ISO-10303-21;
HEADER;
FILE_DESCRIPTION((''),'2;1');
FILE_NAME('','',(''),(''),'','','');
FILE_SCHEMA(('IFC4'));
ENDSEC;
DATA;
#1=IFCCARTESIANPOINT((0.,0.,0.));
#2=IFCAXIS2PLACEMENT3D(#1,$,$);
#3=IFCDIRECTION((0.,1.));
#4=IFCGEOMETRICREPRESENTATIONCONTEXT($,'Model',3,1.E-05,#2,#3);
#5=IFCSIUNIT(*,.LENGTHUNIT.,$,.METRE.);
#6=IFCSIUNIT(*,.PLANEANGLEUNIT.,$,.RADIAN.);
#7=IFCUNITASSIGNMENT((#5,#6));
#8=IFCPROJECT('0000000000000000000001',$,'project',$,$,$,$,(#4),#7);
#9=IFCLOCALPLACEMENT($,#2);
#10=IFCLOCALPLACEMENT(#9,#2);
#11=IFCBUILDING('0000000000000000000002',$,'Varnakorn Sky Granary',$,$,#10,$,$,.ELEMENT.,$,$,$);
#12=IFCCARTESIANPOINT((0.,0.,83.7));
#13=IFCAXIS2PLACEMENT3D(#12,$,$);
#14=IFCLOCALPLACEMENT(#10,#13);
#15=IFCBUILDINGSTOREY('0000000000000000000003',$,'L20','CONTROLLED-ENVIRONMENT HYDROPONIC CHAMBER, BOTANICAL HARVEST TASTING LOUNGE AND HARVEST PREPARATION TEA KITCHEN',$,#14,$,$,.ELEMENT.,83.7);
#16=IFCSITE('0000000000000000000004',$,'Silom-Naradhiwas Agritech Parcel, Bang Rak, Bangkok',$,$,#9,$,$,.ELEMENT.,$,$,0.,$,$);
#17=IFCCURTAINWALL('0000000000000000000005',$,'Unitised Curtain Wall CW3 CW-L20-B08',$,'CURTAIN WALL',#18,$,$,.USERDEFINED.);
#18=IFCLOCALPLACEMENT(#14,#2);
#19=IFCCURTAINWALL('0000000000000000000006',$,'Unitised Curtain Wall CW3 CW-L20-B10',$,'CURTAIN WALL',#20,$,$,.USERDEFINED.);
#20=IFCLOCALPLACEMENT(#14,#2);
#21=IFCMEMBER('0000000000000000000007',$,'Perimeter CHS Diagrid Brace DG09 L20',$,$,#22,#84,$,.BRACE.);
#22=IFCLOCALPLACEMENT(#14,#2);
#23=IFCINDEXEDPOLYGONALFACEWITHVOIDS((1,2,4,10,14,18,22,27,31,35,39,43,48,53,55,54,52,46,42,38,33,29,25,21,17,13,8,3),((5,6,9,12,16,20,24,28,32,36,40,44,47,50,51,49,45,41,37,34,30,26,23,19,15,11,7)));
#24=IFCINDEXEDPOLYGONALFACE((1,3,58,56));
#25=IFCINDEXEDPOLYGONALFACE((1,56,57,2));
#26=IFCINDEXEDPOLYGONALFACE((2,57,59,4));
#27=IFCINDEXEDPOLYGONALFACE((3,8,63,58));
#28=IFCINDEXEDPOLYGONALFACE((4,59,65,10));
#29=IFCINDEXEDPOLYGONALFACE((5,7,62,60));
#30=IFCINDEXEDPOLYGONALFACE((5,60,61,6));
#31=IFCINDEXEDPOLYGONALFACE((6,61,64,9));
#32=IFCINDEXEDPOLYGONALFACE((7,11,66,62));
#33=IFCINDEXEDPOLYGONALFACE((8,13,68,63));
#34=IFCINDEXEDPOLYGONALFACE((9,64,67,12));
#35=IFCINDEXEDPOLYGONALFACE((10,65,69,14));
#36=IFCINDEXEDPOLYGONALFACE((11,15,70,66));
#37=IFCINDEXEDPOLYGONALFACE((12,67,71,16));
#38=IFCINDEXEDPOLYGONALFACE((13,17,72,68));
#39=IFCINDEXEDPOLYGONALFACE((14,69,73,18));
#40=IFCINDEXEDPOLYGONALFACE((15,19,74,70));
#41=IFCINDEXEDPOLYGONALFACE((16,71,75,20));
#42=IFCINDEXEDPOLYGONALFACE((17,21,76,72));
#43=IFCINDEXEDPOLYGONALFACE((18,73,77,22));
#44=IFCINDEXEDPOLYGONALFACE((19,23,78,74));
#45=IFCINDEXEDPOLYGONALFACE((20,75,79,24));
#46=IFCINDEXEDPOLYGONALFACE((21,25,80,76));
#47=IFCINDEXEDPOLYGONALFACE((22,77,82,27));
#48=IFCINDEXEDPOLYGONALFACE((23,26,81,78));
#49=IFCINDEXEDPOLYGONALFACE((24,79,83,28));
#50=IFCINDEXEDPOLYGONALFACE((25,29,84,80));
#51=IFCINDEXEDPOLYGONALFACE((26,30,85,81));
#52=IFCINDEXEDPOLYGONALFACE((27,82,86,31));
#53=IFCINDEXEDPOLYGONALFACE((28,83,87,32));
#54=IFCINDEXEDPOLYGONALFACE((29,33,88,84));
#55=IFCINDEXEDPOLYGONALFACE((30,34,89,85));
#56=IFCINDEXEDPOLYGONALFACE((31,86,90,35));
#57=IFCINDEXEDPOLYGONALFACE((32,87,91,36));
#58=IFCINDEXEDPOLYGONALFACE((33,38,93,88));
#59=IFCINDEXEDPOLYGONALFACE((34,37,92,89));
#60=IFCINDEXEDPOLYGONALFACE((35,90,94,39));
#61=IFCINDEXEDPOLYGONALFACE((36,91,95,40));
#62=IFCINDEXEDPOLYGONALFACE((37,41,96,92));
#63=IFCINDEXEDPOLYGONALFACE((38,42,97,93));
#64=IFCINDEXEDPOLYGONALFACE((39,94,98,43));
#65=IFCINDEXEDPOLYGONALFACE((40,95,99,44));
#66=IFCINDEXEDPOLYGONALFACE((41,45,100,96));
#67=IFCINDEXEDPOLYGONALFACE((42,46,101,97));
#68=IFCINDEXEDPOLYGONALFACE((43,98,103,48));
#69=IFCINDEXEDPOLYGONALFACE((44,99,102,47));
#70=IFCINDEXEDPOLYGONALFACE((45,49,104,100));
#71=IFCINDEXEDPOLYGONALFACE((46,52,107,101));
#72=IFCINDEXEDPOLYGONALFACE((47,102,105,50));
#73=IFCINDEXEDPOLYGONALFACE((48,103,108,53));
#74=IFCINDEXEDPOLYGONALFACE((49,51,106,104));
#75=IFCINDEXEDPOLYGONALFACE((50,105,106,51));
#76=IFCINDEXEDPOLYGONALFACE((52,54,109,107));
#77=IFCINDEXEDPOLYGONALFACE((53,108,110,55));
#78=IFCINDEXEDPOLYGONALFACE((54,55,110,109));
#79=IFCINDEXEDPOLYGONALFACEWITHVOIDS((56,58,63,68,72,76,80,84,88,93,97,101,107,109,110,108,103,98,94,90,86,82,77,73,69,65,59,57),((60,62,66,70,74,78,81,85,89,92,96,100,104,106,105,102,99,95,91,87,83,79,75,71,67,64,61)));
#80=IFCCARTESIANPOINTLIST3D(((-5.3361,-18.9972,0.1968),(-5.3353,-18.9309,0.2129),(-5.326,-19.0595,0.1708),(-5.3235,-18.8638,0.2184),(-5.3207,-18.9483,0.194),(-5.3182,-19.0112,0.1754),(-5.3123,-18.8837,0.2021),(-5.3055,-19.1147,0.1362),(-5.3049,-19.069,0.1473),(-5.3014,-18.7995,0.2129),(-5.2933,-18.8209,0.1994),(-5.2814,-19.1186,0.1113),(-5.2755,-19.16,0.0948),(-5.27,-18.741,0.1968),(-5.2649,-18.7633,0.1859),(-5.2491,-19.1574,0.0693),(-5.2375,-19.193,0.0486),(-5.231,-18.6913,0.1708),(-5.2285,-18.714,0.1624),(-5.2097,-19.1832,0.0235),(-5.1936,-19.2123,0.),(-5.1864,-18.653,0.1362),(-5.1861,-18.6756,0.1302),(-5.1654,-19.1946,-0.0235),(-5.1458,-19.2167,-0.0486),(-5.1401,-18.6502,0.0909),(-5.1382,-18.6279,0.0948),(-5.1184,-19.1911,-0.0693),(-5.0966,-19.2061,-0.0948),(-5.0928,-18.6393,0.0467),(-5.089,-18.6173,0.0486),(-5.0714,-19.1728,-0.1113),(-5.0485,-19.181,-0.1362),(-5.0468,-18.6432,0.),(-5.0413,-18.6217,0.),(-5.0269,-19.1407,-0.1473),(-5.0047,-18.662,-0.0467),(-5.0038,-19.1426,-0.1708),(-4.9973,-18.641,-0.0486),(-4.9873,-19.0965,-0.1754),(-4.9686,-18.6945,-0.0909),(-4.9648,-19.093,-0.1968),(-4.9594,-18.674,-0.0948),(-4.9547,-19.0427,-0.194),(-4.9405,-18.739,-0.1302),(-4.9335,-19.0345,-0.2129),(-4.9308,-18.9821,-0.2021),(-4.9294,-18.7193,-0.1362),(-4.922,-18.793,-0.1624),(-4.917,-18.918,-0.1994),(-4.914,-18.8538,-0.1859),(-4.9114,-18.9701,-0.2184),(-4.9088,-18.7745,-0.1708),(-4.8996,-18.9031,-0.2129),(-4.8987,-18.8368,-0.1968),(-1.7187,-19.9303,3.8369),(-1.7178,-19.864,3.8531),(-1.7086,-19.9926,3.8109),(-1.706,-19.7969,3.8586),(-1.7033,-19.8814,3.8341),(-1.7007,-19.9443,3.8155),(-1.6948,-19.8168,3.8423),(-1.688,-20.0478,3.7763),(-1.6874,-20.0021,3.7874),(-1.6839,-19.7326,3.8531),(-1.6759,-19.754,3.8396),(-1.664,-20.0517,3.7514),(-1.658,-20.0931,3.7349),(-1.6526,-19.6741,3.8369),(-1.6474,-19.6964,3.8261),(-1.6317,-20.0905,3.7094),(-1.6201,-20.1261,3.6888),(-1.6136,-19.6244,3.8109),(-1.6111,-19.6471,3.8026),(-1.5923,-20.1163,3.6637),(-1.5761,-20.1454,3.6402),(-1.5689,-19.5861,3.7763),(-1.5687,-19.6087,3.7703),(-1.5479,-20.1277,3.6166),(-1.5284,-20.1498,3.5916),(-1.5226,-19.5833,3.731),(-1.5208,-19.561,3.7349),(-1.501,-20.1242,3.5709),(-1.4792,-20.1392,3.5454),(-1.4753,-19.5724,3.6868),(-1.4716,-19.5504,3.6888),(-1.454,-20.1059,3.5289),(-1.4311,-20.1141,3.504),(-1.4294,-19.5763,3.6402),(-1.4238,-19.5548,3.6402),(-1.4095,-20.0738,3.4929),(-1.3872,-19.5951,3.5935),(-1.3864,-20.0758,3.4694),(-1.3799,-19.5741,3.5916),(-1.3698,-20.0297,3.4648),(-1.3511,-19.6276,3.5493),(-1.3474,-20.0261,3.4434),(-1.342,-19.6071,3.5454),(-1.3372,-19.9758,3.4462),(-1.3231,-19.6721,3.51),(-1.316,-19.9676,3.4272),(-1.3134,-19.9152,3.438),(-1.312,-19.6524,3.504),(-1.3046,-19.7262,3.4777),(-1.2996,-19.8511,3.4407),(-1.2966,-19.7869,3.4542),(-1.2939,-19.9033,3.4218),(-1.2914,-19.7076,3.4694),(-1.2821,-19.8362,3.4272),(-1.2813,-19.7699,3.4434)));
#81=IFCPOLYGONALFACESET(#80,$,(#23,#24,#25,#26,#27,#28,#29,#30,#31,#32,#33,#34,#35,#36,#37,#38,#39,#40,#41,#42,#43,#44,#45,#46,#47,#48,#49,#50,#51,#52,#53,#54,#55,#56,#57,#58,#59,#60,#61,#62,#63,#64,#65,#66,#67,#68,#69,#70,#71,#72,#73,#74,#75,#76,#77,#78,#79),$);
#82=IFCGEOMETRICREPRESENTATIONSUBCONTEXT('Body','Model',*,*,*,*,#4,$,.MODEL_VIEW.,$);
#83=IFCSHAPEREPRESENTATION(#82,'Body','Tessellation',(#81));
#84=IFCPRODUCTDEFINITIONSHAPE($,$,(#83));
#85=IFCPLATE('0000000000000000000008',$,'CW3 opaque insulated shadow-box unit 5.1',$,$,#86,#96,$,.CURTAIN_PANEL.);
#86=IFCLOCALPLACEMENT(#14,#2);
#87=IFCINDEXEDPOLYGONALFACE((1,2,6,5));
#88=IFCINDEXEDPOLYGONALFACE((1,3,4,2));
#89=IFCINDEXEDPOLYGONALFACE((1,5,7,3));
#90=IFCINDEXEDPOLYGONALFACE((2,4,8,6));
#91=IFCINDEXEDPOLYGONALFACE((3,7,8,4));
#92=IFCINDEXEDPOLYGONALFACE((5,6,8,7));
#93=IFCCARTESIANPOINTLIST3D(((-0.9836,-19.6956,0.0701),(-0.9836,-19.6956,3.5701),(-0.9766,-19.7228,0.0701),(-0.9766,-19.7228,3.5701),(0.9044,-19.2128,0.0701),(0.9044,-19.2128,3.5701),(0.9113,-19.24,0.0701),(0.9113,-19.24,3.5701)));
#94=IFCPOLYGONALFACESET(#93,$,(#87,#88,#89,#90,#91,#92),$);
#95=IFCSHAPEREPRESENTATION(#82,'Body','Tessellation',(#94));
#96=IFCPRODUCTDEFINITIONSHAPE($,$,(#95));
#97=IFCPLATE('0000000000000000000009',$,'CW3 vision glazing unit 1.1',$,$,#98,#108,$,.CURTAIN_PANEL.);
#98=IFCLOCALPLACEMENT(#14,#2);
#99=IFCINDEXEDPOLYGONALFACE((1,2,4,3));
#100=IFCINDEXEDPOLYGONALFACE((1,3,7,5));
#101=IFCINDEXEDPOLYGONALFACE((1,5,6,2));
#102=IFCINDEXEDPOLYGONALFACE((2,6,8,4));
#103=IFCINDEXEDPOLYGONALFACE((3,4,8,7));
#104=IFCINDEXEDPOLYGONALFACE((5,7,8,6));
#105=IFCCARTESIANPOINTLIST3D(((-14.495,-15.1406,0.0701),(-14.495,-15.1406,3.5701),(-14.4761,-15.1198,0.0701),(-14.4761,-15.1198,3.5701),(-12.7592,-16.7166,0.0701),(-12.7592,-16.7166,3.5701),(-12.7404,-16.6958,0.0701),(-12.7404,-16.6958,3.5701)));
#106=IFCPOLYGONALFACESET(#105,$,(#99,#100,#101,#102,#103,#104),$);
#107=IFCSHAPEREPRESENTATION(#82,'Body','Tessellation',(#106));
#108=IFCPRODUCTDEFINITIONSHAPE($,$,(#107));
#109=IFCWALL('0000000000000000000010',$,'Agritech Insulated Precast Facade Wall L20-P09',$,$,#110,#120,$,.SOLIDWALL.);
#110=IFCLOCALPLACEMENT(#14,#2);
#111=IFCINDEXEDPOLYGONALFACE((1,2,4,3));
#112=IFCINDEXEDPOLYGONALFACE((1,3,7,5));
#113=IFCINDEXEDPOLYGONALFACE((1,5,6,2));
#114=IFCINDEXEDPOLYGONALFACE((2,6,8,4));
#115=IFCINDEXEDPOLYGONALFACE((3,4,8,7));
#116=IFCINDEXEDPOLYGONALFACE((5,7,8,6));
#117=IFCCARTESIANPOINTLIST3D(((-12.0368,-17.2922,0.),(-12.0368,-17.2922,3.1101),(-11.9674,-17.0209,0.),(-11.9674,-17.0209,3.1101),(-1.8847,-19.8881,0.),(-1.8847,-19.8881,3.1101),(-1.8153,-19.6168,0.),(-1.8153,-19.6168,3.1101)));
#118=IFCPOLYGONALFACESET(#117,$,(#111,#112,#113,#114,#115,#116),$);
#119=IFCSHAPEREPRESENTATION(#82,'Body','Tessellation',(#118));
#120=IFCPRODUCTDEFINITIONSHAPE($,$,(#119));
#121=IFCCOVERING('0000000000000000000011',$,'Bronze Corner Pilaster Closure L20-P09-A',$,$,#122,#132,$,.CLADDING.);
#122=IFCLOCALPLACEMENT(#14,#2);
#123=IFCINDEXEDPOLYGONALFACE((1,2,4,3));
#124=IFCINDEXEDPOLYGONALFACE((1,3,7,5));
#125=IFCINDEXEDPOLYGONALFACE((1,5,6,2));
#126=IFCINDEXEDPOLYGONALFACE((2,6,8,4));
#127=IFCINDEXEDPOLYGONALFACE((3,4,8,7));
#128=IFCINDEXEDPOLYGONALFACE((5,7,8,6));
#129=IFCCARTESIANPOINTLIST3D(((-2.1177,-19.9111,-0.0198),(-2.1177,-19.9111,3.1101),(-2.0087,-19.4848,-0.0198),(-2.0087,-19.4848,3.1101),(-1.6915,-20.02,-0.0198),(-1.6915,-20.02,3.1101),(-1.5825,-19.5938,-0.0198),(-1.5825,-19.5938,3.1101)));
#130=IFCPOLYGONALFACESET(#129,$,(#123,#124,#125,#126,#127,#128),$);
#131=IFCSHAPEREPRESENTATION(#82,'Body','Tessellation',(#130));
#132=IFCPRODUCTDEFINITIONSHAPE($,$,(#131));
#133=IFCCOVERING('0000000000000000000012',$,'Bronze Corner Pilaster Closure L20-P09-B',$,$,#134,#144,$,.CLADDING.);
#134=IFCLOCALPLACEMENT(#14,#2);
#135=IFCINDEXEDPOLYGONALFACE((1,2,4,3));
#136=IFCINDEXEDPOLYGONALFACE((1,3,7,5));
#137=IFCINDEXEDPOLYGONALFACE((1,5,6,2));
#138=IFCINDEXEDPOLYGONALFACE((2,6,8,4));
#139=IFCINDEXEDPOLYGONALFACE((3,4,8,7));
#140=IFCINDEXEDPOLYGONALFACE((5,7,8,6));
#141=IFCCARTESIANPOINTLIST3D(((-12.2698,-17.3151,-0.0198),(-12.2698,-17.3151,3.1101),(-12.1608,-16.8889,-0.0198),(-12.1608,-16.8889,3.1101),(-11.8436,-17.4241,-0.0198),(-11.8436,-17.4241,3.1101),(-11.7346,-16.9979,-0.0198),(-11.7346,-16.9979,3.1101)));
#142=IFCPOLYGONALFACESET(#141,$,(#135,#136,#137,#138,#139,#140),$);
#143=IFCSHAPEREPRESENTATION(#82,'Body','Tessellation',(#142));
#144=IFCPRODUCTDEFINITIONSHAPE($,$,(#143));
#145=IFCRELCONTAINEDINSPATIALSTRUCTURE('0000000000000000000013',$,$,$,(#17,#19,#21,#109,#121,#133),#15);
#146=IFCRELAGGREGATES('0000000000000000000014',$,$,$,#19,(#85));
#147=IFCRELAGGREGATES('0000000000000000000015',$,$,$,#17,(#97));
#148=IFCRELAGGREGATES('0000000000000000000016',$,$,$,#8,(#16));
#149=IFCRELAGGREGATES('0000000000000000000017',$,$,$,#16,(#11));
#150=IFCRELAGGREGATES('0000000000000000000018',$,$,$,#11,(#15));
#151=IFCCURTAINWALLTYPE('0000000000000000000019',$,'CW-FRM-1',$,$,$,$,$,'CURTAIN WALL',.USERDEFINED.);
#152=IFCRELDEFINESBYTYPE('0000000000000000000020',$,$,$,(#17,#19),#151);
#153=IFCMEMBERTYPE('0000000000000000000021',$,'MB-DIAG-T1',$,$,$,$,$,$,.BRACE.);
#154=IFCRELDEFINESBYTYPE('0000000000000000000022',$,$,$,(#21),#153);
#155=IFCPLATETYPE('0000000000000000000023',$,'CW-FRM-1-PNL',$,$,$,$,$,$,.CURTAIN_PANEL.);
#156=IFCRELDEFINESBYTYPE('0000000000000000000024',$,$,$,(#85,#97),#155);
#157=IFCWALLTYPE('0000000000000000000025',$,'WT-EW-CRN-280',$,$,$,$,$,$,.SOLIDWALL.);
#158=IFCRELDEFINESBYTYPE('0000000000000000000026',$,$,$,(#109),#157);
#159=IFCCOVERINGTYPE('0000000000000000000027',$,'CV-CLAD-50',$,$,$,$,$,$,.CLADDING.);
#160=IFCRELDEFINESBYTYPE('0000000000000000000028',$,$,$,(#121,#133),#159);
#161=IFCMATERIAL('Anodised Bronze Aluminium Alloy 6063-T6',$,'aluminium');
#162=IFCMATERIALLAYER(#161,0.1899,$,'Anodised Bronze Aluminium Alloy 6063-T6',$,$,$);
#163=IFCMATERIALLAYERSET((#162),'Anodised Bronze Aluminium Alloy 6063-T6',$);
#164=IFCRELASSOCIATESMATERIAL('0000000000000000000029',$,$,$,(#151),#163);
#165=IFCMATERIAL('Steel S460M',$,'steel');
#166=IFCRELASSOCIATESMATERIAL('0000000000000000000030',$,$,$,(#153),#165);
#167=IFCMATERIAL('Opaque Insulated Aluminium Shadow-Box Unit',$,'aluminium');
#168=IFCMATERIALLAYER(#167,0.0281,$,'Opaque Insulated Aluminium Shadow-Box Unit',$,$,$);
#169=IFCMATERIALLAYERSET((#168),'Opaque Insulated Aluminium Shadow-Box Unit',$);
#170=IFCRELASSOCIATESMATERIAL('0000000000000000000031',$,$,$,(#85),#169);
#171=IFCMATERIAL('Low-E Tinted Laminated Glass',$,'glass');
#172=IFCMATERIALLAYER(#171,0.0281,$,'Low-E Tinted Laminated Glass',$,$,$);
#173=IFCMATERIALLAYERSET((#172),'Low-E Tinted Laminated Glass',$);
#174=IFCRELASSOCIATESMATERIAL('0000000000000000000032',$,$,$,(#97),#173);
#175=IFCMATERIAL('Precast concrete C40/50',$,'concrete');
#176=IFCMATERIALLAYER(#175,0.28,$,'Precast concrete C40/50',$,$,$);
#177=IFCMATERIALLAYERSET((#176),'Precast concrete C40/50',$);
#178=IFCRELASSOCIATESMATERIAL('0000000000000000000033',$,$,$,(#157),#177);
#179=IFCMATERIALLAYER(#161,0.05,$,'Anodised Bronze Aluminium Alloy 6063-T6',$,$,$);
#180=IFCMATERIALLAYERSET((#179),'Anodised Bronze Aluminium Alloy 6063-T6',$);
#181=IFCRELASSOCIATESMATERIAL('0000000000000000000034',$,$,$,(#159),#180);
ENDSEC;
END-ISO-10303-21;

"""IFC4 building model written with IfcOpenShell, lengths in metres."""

from ifc_helpers import new_model, si_unit, direction, frame, frame_2d, origin, origin_2d, place, context, subcontext, project, spatial, rectangle, hollow_circle, extrude, source, transform, mapped, material, layer, layer_set, material_profile, profile_set, type_object, type_shapes, element, aggregate, save


model = new_model("IFC4")

# Units and contexts
model_context = context("Model", 3, precision=1e-05, world=origin(), true_north=direction((0.0, 1.0)))
body_context = subcontext(model_context, "Body", "Model", "MODEL_VIEW")
ifc_project = project(units=[si_unit("LENGTHUNIT", "METRE"), si_unit("PLANEANGLEUNIT", "RADIAN")], contexts=[model_context])

# Site, building, storey
site_placement = place(None, origin())
site = spatial("IfcSite", under=ifc_project, at=site_placement, Name="Silom-Naradhiwas Agritech Parcel, Bang Rak, Bangkok", CompositionType="ELEMENT", RefElevation=0.0)
building_placement = place(site_placement, origin())
building = spatial("IfcBuilding", under=site, at=building_placement, Name="Varnakorn Sky Granary", CompositionType="ELEMENT")
storey_placement = place(building_placement, frame((0.0, 0.0, 83.7)))
storey = spatial("IfcBuildingStorey", under=building, at=storey_placement, Name="L20", Description="CONTROLLED-ENVIRONMENT HYDROPONIC CHAMBER, BOTANICAL HARVEST TASTING LOUNGE AND HARVEST PREPARATION TEA KITCHEN", CompositionType="ELEMENT", Elevation=83.7)

# Shared definitions
ifc_material_1 = material(Name="Steel S460M", Category="steel")

# Curtain walls
ifc_material_2 = material(Name="Anodised Bronze Aluminium Alloy 6063-T6", Category="aluminium")
ifc_layer_1 = layer(ifc_material_2, 0.1899, Name="Anodised Bronze Aluminium Alloy 6063-T6")
ifc_layer_set_1 = layer_set([ifc_layer_1], Name="Anodised Bronze Aluminium Alloy 6063-T6")
curtain_wall_type = type_object("IfcCurtainWallType", Name="CW-FRM-1", ElementType="CURTAIN WALL", PredefinedType="USERDEFINED", material=ifc_layer_set_1)
curtain_wall_1_placement = place(storey_placement, origin())
curtain_wall_1 = element("IfcCurtainWall", 1, at=curtain_wall_1_placement, inside=storey, type_object=curtain_wall_type, Name="Unitised Curtain Wall CW3 CW-L20-B08", ObjectType="CURTAIN WALL", PredefinedType="USERDEFINED")
curtain_wall_2_placement = place(storey_placement, origin())
curtain_wall_2 = element("IfcCurtainWall", 2, at=curtain_wall_2_placement, inside=storey, type_object=curtain_wall_type, Name="Unitised Curtain Wall CW3 CW-L20-B10", ObjectType="CURTAIN WALL", PredefinedType="USERDEFINED")

# Member
ifc_material_profile_1 = material_profile(ifc_material_1, hollow_circle(Radius=0.3049, WallThickness=0.0222, at=origin_2d()), Name="CHS 610x22")
ifc_profile_set_1 = profile_set([ifc_material_profile_1], Name="Steel S460M")
member_type_1 = type_object("IfcMemberType", Name="MB-DIAG-T1", PredefinedType="BRACE", material=ifc_profile_set_1)
member_1_placement = place(storey_placement, frame((-5.1174, -18.917, 0.0), z_axis=(0.69352, -0.178891, 0.697873), x_axis=(0.249771, 0.968305, 0.0)))
element("IfcMember", 3, at=member_1_placement, inside=storey, type_object=member_type_1, Name="Perimeter CHS Diagrid Brace DG09 L20", PredefinedType="BRACE", context=body_context, shape_type="SweptSolid", body=[
    extrude(hollow_circle(Radius=0.3049, WallThickness=0.0222, at=origin_2d()), origin(), (0.0, 0.0, 1.0), 5.2161),
])

# Plates
ifc_material_3 = material(Name="Opaque Insulated Aluminium Shadow-Box Unit", Category="aluminium")
ifc_layer_2 = layer(ifc_material_3, 0.0281, Name="Opaque Insulated Aluminium Shadow-Box Unit")
ifc_layer_set_2 = layer_set([ifc_layer_2], Name="Opaque Insulated Aluminium Shadow-Box Unit")
plate_type = type_object("IfcPlateType", Name="CW-FRM-1-PNL", PredefinedType="CURTAIN_PANEL")
shared_shape_1 = source(origin(), body_context, "Body", "SweptSolid", [
    extrude(rectangle(XDim=1.9487, YDim=0.0281, at=origin_2d()), origin(), (0.0, 0.0, 1.0), 3.5),
])
plate_1_placement = place(storey_placement, frame((-0.0361, -19.4678, 0.0701), z_axis=(0.0, 0.0, 1.0), x_axis=(-0.968825, -0.247745, 0.0)))
plate_1 = element("IfcPlate", 4, at=plate_1_placement, type_object=plate_type, material=ifc_layer_set_2, Name="CW3 opaque insulated shadow-box unit 5.1", PredefinedType="CURTAIN_PANEL", context=body_context, shape_type="MappedRepresentation", body=[
    mapped(shared_shape_1, transform((0.0, 0.0, 0.0), x_axis=(1.0, 0.0, 0.0), y_axis=(0.0, 1.0, 0.0), z_axis=(0.0, 0.0, 1.0), scale=1.0)),
])
aggregate(curtain_wall_2, [plate_1])
ifc_material_4 = material(Name="Low-E Tinted Laminated Glass", Category="glass")
ifc_layer_3 = layer(ifc_material_4, 0.0281, Name="Low-E Tinted Laminated Glass")
ifc_layer_set_3 = layer_set([ifc_layer_3], Name="Low-E Tinted Laminated Glass")
shared_shape_2 = source(origin(), body_context, "Body", "SweptSolid", [
    extrude(rectangle(XDim=2.3445, YDim=0.0281, at=origin_2d()), origin(), (0.0, 0.0, 1.0), 3.5),
])
type_shapes(plate_type, [shared_shape_1, shared_shape_2])
plate_2_placement = place(storey_placement, frame((-13.6177, -15.9182, 0.0701), z_axis=(0.0, 0.0, 1.0), x_axis=(-0.74036, 0.672211, 0.0)))
plate_2 = element("IfcPlate", 5, at=plate_2_placement, type_object=plate_type, material=ifc_layer_set_3, Name="CW3 vision glazing unit 1.1", PredefinedType="CURTAIN_PANEL", context=body_context, shape_type="MappedRepresentation", body=[
    mapped(shared_shape_2, transform((0.0, 0.0, 0.0), x_axis=(1.0, 0.0, 0.0), y_axis=(0.0, 1.0, 0.0), z_axis=(0.0, 0.0, 1.0), scale=1.0)),
])
aggregate(curtain_wall_1, [plate_2])

# Wall
ifc_material_5 = material(Name="Precast concrete C40/50", Category="concrete")
ifc_layer_4 = layer(ifc_material_5, 0.28, Name="Precast concrete C40/50")
ifc_layer_set_4 = layer_set([ifc_layer_4], Name="Precast concrete C40/50")
wall_type = type_object("IfcWallType", Name="WT-EW-CRN-280", PredefinedType="SOLIDWALL", material=ifc_layer_set_4)
wall_placement = place(storey_placement, frame((-1.8501, -19.7524, 0.0), z_axis=(0.0, 0.0, 1.0), x_axis=(-0.968828, 0.247735, 0.0)))
element("IfcWall", 6, at=wall_placement, inside=storey, type_object=wall_type, Name="Agritech Insulated Precast Facade Wall L20-P09", PredefinedType="SOLIDWALL", context=body_context, shape_type="SweptSolid", body=[
    extrude(rectangle(XDim=10.4788, YDim=0.28, at=frame_2d((5.2393, 0.0))), origin(), (0.0, 0.0, 1.0), 3.1101),
])

# Coverings
ifc_layer_5 = layer(ifc_material_2, 0.05, Name="Anodised Bronze Aluminium Alloy 6063-T6")
ifc_layer_set_5 = layer_set([ifc_layer_5], Name="Anodised Bronze Aluminium Alloy 6063-T6")
covering_type = type_object("IfcCoveringType", Name="CV-CLAD-50", PredefinedType="CLADDING", material=ifc_layer_set_5)
shared_shape_3 = source(origin(), body_context, "Body", "SweptSolid", [
    extrude(rectangle(XDim=0.4399, YDim=0.4399, at=origin_2d()), origin(), (0.0, 0.0, 1.0), 3.1299),
])
type_shapes(covering_type, [shared_shape_3])
for number, where, z_axis, x_axis, name in (
    (7, (-1.8501, -19.7524, -0.0198), (0.0, 0.0, 1.0), (-0.968843, 0.247675, 0.0), "Bronze Corner Pilaster Closure L20-P09-A"),
    (8, (-12.0022, -17.1565, -0.0198), (0.0, 0.0, 1.0), (-0.968843, 0.247675, 0.0), "Bronze Corner Pilaster Closure L20-P09-B"),
):
    element("IfcCovering", number, at=place(storey_placement, frame(where, z_axis=z_axis, x_axis=x_axis)), inside=storey, type_object=covering_type, Name=name, PredefinedType="CLADDING", context=body_context, shape_type="MappedRepresentation", body=[
        mapped(shared_shape_3, transform((0.0, 0.0, 0.0), x_axis=(1.0, 0.0, 0.0), y_axis=(0.0, 1.0, 0.0), z_axis=(0.0, 0.0, 1.0), scale=1.0)),
    ])

save(model, "model.ifc")
